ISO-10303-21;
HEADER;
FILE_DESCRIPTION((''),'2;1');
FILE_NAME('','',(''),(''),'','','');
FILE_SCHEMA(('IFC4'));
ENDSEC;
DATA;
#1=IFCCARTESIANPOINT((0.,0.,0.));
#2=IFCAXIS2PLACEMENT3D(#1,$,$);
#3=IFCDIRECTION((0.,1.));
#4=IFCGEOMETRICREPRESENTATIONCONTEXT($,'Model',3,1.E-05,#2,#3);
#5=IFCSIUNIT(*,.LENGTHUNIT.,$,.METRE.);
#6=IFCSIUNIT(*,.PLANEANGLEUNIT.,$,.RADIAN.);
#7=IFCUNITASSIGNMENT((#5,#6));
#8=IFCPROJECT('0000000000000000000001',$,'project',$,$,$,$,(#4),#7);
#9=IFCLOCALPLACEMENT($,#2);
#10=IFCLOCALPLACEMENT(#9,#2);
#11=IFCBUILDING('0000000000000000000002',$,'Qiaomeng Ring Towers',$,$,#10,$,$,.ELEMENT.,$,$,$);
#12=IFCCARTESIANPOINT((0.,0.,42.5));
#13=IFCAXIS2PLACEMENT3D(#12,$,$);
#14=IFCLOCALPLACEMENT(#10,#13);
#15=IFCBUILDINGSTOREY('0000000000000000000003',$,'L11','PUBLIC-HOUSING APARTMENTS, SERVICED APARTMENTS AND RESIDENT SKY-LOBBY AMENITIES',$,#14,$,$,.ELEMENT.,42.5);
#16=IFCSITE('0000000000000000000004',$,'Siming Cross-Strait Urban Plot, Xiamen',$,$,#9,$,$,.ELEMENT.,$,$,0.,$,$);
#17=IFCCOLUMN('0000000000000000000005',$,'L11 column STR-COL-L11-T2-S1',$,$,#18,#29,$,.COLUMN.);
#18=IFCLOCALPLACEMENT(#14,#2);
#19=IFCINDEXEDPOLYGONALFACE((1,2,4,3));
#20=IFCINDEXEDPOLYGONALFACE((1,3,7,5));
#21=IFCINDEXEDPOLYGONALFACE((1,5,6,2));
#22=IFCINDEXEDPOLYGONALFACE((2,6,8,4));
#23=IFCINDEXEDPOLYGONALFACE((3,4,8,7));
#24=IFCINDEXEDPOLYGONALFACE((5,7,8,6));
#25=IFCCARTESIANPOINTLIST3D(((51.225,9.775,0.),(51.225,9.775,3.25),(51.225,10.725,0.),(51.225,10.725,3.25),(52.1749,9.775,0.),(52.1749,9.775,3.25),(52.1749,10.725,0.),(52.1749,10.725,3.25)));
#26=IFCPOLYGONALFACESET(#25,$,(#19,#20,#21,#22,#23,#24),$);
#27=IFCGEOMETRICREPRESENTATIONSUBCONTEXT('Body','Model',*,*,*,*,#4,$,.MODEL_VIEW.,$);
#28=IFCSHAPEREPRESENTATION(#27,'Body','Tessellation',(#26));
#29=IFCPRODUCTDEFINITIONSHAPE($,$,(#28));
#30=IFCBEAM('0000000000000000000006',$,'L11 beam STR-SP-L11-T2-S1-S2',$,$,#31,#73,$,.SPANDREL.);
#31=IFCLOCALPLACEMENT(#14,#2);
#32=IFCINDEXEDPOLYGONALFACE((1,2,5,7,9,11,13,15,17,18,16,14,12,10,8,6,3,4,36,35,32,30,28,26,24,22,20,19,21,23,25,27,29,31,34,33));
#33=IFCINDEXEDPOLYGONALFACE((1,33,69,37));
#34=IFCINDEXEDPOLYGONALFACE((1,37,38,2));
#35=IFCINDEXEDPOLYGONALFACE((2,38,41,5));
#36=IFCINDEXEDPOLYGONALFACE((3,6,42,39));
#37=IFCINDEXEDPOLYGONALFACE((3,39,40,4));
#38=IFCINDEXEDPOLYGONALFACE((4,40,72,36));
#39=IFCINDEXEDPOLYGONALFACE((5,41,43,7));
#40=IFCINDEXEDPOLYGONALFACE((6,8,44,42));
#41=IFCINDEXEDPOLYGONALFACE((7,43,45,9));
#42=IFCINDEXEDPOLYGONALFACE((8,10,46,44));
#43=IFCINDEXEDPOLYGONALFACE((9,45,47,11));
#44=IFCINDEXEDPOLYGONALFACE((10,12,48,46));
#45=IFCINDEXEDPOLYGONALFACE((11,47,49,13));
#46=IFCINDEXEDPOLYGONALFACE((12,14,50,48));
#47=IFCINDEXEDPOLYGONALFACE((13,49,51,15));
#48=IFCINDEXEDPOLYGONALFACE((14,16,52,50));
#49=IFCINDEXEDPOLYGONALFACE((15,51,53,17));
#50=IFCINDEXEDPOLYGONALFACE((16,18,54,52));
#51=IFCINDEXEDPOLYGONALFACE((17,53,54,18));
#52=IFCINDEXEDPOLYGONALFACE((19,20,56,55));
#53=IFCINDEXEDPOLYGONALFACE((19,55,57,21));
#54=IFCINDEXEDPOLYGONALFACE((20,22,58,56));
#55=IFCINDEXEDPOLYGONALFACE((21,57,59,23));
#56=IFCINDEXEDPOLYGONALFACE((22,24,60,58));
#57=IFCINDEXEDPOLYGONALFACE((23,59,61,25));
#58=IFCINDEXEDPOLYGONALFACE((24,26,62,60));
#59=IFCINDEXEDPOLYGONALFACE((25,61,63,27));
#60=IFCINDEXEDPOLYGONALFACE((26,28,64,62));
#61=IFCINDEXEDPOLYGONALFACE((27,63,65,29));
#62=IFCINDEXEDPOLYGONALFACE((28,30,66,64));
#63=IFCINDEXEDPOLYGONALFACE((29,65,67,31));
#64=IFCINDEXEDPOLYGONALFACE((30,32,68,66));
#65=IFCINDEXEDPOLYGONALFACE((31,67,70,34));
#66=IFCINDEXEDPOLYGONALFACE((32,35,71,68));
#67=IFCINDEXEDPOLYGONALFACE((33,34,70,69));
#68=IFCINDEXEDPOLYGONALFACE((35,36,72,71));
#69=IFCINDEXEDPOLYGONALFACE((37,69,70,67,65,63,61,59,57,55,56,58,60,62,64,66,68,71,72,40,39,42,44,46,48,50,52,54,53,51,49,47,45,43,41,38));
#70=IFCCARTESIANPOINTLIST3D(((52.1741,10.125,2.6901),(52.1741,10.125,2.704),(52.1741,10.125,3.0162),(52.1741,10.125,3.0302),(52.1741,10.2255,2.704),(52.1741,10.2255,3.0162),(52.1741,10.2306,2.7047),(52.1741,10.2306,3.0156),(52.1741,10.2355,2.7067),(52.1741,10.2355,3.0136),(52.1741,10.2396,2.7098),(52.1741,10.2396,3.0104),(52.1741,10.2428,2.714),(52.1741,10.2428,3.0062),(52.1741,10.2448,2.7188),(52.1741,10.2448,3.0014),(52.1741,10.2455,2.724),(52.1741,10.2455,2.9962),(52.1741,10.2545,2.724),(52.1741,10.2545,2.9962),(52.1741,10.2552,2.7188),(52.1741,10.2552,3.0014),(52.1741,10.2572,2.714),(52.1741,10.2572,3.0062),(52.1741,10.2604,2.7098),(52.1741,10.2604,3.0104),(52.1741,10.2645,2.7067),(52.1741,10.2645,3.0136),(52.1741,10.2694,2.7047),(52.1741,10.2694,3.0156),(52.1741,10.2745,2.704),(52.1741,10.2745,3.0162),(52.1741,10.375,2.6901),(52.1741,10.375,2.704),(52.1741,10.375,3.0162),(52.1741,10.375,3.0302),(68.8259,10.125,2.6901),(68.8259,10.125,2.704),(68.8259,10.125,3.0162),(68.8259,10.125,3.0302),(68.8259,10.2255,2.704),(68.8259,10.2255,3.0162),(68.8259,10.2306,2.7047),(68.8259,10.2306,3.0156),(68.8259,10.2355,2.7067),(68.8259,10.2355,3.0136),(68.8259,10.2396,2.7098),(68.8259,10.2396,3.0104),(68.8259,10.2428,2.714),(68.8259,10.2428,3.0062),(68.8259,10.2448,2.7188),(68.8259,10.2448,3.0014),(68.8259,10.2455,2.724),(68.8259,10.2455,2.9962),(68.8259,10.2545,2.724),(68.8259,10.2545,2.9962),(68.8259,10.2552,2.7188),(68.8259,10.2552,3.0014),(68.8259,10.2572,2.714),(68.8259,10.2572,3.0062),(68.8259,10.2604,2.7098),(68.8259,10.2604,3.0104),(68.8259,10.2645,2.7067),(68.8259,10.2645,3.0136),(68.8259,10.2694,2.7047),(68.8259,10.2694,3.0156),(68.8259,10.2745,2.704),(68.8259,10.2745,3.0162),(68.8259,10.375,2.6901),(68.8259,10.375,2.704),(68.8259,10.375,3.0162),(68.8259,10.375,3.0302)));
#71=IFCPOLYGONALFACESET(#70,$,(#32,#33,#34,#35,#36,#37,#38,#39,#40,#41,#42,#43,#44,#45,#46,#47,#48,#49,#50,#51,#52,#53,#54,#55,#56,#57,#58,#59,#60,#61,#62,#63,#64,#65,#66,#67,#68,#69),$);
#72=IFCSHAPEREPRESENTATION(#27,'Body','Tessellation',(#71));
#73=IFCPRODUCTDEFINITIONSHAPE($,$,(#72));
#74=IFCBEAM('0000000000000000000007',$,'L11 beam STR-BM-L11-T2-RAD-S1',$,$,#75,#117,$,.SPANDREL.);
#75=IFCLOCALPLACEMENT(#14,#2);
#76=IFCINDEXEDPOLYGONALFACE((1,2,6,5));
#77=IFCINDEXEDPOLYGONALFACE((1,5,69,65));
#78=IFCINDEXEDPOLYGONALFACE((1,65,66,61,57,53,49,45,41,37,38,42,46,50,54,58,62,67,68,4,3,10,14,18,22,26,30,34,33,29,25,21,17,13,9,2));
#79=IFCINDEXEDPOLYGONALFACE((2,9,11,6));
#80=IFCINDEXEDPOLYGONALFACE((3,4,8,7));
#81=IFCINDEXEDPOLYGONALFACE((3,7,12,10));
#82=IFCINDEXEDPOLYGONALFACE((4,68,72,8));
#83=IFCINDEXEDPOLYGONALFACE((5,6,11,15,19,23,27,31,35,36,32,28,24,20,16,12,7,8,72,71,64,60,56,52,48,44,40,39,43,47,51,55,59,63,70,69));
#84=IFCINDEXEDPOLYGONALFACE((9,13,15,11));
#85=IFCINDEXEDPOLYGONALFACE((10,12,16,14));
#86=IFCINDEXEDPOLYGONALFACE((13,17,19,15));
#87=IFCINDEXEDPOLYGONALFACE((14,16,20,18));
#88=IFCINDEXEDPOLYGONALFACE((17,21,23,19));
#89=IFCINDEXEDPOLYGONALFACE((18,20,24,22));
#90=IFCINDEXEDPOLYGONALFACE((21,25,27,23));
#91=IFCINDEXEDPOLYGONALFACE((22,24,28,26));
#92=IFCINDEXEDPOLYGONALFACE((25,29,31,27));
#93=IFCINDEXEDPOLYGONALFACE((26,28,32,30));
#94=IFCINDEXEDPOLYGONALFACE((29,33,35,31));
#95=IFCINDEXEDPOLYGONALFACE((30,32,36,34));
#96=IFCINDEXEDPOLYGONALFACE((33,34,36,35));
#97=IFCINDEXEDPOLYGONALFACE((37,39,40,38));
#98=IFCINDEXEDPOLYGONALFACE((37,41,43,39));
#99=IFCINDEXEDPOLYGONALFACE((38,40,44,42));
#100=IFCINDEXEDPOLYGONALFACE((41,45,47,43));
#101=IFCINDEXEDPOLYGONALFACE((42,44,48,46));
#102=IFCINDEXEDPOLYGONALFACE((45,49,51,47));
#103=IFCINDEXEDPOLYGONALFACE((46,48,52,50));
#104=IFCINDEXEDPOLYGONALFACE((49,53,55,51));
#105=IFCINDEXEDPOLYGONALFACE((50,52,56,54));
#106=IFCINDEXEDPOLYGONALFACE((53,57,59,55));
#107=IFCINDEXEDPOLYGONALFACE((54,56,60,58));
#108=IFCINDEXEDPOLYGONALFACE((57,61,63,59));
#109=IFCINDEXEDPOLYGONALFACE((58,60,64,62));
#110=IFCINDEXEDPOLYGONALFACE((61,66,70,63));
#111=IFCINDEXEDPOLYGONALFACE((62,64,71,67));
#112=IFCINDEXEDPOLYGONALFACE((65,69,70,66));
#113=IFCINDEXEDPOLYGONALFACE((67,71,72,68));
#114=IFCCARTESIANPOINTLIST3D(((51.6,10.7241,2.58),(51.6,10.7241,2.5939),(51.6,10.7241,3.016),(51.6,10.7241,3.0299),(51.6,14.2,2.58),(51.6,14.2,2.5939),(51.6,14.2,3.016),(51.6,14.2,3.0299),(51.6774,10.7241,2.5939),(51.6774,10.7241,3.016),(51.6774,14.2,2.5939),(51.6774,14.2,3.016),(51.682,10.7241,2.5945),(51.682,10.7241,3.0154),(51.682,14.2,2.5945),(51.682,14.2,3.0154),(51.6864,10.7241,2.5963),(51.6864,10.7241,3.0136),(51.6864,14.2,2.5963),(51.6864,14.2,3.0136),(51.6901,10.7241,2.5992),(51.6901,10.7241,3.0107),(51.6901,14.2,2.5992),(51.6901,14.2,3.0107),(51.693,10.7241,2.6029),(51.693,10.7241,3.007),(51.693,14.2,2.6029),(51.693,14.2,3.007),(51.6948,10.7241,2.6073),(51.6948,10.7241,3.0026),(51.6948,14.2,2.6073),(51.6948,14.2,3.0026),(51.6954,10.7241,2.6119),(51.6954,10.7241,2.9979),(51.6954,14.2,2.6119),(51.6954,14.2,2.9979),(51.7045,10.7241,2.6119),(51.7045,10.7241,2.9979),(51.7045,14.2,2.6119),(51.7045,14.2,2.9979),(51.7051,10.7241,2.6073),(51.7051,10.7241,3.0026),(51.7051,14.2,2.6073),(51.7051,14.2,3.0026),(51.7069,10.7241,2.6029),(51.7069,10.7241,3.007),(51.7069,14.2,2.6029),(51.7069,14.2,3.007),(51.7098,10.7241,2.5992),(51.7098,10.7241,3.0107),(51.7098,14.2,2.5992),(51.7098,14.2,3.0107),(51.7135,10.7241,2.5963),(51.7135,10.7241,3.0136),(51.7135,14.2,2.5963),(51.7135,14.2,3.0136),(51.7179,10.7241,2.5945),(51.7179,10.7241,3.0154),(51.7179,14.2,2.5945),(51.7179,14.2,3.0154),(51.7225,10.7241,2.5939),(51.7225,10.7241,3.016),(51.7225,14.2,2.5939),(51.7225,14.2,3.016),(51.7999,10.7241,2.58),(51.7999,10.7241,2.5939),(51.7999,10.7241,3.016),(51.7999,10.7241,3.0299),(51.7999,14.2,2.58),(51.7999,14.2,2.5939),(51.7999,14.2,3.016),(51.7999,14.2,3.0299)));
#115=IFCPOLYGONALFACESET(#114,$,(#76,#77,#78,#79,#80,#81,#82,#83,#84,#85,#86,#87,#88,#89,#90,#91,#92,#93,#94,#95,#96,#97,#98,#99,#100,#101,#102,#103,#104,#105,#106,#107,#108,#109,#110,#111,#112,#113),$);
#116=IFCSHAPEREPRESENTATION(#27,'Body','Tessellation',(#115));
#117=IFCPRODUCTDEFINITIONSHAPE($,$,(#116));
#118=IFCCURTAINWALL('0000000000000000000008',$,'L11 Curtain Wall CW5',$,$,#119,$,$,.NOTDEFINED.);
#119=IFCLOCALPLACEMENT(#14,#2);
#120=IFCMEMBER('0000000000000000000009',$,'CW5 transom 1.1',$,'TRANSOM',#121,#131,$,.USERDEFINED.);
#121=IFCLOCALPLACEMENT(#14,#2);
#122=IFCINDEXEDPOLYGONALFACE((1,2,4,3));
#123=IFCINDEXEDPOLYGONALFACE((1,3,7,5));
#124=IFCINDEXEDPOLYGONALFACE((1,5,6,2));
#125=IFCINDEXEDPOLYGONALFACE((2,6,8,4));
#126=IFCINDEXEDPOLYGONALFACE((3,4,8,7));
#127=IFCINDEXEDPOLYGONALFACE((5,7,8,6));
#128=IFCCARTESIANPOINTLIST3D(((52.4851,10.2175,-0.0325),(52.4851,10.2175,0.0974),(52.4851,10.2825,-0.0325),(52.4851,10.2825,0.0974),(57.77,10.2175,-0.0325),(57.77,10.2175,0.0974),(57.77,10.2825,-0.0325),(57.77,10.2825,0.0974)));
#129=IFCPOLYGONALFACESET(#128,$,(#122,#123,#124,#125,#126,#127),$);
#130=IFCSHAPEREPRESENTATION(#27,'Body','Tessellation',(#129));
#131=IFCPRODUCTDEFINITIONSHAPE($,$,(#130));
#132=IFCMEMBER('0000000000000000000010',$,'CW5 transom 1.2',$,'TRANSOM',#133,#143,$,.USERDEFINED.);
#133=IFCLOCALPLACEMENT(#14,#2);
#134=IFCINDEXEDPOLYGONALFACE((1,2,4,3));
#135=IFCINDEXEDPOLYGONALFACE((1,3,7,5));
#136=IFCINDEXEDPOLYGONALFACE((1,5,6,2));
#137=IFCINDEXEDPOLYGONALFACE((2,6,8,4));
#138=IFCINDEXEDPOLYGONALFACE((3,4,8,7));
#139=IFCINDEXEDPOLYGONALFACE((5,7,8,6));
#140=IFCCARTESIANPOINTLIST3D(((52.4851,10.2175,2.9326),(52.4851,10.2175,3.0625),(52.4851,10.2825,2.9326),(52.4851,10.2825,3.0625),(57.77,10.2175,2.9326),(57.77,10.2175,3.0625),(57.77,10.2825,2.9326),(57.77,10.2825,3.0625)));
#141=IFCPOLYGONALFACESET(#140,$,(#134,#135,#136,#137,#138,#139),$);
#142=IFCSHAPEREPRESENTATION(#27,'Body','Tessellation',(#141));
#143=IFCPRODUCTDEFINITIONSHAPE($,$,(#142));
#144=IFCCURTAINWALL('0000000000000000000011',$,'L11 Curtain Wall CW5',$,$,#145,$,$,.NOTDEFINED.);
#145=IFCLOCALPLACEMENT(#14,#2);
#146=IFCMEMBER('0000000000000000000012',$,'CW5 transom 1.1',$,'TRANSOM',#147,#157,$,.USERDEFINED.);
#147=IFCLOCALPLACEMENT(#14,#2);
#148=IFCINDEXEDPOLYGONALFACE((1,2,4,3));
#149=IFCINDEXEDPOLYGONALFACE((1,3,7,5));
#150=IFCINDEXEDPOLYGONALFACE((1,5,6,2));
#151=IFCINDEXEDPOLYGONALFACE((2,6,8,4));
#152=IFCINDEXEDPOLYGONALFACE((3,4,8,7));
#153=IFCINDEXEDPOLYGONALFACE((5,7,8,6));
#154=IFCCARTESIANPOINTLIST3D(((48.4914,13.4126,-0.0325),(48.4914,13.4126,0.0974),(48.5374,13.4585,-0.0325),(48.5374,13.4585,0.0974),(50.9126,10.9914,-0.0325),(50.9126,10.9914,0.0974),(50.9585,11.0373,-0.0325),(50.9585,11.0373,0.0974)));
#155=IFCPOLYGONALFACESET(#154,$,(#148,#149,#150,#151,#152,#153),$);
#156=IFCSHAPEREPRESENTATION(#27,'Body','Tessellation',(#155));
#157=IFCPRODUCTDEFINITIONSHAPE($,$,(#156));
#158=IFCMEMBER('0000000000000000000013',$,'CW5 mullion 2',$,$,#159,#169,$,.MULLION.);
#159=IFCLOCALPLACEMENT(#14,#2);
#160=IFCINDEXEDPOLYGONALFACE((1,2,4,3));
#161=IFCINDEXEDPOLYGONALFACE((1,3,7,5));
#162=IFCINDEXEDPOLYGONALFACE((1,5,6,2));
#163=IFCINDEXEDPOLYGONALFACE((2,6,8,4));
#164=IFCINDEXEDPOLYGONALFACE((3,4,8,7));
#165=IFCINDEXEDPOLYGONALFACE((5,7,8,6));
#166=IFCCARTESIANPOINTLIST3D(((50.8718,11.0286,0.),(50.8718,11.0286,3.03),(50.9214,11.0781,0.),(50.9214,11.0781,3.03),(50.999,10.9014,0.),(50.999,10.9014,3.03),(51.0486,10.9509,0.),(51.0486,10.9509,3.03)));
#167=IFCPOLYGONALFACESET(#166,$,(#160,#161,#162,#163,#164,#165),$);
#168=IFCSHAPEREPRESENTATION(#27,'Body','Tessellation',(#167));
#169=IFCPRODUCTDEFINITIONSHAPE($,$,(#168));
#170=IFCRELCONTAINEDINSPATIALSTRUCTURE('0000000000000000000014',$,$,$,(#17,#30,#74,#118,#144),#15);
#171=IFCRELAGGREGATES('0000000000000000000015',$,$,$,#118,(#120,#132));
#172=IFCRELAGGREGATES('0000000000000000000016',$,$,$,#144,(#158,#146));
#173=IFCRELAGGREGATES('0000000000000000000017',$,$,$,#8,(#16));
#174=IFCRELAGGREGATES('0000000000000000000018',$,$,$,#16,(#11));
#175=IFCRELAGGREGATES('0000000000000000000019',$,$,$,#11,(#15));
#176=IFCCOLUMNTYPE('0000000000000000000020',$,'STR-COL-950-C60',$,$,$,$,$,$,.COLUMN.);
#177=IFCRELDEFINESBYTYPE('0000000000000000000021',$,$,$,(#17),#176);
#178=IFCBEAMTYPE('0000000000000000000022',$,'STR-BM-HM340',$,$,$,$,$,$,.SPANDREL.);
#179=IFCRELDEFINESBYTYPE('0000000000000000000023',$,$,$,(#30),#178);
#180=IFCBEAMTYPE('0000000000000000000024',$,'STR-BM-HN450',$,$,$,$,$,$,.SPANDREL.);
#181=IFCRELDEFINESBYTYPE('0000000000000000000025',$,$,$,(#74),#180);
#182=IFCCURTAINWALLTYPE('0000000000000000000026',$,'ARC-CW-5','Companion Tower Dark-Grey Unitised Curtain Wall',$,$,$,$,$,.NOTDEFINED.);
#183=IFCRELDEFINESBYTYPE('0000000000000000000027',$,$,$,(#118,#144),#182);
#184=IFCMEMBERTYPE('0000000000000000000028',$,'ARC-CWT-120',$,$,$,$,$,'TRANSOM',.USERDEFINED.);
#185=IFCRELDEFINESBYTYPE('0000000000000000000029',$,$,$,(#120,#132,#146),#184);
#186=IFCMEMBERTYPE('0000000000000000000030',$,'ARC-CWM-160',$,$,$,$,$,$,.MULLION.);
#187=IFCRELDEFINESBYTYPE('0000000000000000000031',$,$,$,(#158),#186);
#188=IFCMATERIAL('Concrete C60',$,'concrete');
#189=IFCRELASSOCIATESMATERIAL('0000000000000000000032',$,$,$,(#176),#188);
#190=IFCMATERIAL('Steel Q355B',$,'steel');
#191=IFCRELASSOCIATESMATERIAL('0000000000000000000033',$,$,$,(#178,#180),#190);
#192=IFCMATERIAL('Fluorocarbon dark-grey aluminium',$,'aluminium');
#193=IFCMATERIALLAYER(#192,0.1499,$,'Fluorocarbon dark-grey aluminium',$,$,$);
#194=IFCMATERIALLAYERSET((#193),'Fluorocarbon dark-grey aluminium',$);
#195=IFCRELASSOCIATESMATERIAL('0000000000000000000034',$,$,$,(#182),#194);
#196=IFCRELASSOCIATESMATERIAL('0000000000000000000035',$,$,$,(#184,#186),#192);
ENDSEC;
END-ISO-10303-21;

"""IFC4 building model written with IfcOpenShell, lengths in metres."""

from ifc_helpers import new_model, si_unit, direction, frame, origin, origin_2d, place, context, subcontext, project, spatial, rectangle, i_section, extrude, source, transform, mapped, material, layer, layer_set, material_profile, profile_set, type_object, element, aggregate, save


model = new_model("IFC4")

# Units and contexts
model_context = context("Model", 3, precision=1e-05, world=origin(), true_north=direction((0.0, 1.0)))
body_context = subcontext(model_context, "Body", "Model", "MODEL_VIEW")
ifc_project = project(units=[si_unit("LENGTHUNIT", "METRE"), si_unit("PLANEANGLEUNIT", "RADIAN")], contexts=[model_context])

# Site, building, storey
site_placement = place(None, origin())
site = spatial("IfcSite", under=ifc_project, at=site_placement, Name="Siming Cross-Strait Urban Plot, Xiamen", CompositionType="ELEMENT", RefElevation=0.0)
building_placement = place(site_placement, origin())
building = spatial("IfcBuilding", under=site, at=building_placement, Name="Qiaomeng Ring Towers", CompositionType="ELEMENT")
storey_placement = place(building_placement, frame((0.0, 0.0, 42.5)))
storey = spatial("IfcBuildingStorey", under=building, at=storey_placement, Name="L11", Description="PUBLIC-HOUSING APARTMENTS, SERVICED APARTMENTS AND RESIDENT SKY-LOBBY AMENITIES", CompositionType="ELEMENT", Elevation=42.5)

# Column
ifc_material_1 = material(Name="Concrete C60", Category="concrete")
ifc_material_profile_1 = material_profile(ifc_material_1, rectangle(XDim=0.95, YDim=0.95, at=origin_2d()), Name="RC COL 950x950")
ifc_profile_set_1 = profile_set([ifc_material_profile_1], Name="Concrete C60")
column_type = type_object("IfcColumnType", Name="STR-COL-950-C60", PredefinedType="COLUMN", material=ifc_profile_set_1)
shared_shape_1 = source(origin(), body_context, "Body", "SweptSolid", [
    extrude(rectangle(XDim=0.95, YDim=0.95, at=origin_2d()), origin(), (0.0, 0.0, 1.0), 3.25),
])
column_placement = place(storey_placement, frame((51.7, 10.25, 0.0), z_axis=(0.0, 0.0, 1.0), x_axis=(1.0, 0.0, 0.0)))
element("IfcColumn", 1, at=column_placement, inside=storey, type_object=column_type, Name="L11 column STR-COL-L11-T2-S1", PredefinedType="COLUMN", context=body_context, shape_type="MappedRepresentation", body=[
    mapped(shared_shape_1, transform((0.0, 0.0, 0.0), x_axis=(1.0, 0.0, 0.0), y_axis=(0.0, 1.0, 0.0), z_axis=(0.0, 0.0, 1.0), scale=1.0)),
])

# Beams
ifc_material_2 = material(Name="Steel Q355B", Category="steel")
ifc_material_profile_2 = material_profile(ifc_material_2, i_section(OverallWidth=0.25, OverallDepth=0.3401, WebThickness=0.009, FlangeThickness=0.0139, FilletRadius=0.02, at=origin_2d()), Name="HM 340x250x9x14")
ifc_profile_set_2 = profile_set([ifc_material_profile_2], Name="Steel Q355B")
beam_type_1 = type_object("IfcBeamType", Name="STR-BM-HM340", PredefinedType="SPANDREL", material=ifc_profile_set_2)
shared_shape_2 = source(origin(), body_context, "Body", "SweptSolid", [
    extrude(i_section(OverallWidth=0.25, OverallDepth=0.3401, WebThickness=0.009, FlangeThickness=0.0139, FilletRadius=0.02, at=origin_2d()), origin(), (0.0, 0.0, 1.0), 16.6519),
])
beam_1_placement = place(storey_placement, frame((52.1741, 10.25, 2.8601), z_axis=(1.0, 0.0, 0.0), x_axis=(0.0, 1.0, 0.0)))
element("IfcBeam", 2, at=beam_1_placement, inside=storey, type_object=beam_type_1, Name="L11 beam STR-SP-L11-T2-S1-S2", PredefinedType="SPANDREL", context=body_context, shape_type="MappedRepresentation", body=[
    mapped(shared_shape_2, transform((0.0, 0.0, 0.0), x_axis=(1.0, 0.0, 0.0), y_axis=(0.0, 1.0, 0.0), z_axis=(0.0, 0.0, 1.0), scale=1.0)),
])
ifc_material_profile_3 = material_profile(ifc_material_2, i_section(OverallWidth=0.2, OverallDepth=0.45, WebThickness=0.009, FlangeThickness=0.0139, FilletRadius=0.0181, at=origin_2d()), Name="HN 450x200x9x14")
ifc_profile_set_3 = profile_set([ifc_material_profile_3], Name="Steel Q355B")
beam_type_2 = type_object("IfcBeamType", Name="STR-BM-HN450", PredefinedType="SPANDREL", material=ifc_profile_set_3)
shared_shape_3 = source(origin(), body_context, "Body", "SweptSolid", [
    extrude(i_section(OverallWidth=0.2, OverallDepth=0.45, WebThickness=0.009, FlangeThickness=0.0139, FilletRadius=0.0181, at=origin_2d()), origin(), (0.0, 0.0, 1.0), 3.4758),
])
beam_2_placement = place(storey_placement, frame((51.7, 10.7241, 2.8049), z_axis=(0.0, 1.0, 0.0), x_axis=(-1.0, 0.0, 0.0)))
element("IfcBeam", 3, at=beam_2_placement, inside=storey, type_object=beam_type_2, Name="L11 beam STR-BM-L11-T2-RAD-S1", PredefinedType="SPANDREL", context=body_context, shape_type="MappedRepresentation", body=[
    mapped(shared_shape_3, transform((0.0, 0.0, 0.0), x_axis=(1.0, 0.0, 0.0), y_axis=(0.0, 1.0, 0.0), z_axis=(0.0, 0.0, 1.0), scale=1.0)),
])

# Curtain walls, members
ifc_material_3 = material(Name="Fluorocarbon dark-grey aluminium", Category="aluminium")
ifc_layer_1 = layer(ifc_material_3, 0.1499, Name="Fluorocarbon dark-grey aluminium")
ifc_layer_set_1 = layer_set([ifc_layer_1], Name="Fluorocarbon dark-grey aluminium")
curtain_wall_type = type_object("IfcCurtainWallType", Name="ARC-CW-5", Description="Companion Tower Dark-Grey Unitised Curtain Wall", PredefinedType="NOTDEFINED", material=ifc_layer_set_1)
curtain_wall_1_placement = place(storey_placement, origin())
curtain_wall_1 = element("IfcCurtainWall", 4, at=curtain_wall_1_placement, inside=storey, type_object=curtain_wall_type, Name="L11 Curtain Wall CW5", PredefinedType="NOTDEFINED")
ifc_material_profile_4 = material_profile(ifc_material_3, rectangle(XDim=0.0649, YDim=0.1299, at=origin_2d()), Name="ALU TRAN 65x130")
ifc_profile_set_4 = profile_set([ifc_material_profile_4], Name="Fluorocarbon dark-grey aluminium")
member_type_1 = type_object("IfcMemberType", Name="ARC-CWT-120", ElementType="TRANSOM", PredefinedType="USERDEFINED", material=ifc_profile_set_4)
shared_shape_4 = source(origin(), body_context, "Body", "SweptSolid", [
    extrude(rectangle(XDim=0.0649, YDim=0.1299, at=origin_2d()), origin(), (0.0, 0.0, 1.0), 5.2849),
])
member_1_placement = place(storey_placement, frame((52.4851, 10.25, 0.0325), z_axis=(1.0, 0.0, 0.0), x_axis=(0.0, 1.0, 0.0)))
member_1 = element("IfcMember", 5, at=member_1_placement, type_object=member_type_1, Name="CW5 transom 1.1", ObjectType="TRANSOM", PredefinedType="USERDEFINED", context=body_context, shape_type="MappedRepresentation", body=[
    mapped(shared_shape_4, transform((0.0, 0.0, 0.0), x_axis=(1.0, 0.0, 0.0), y_axis=(0.0, 1.0, 0.0), z_axis=(0.0, 0.0, 1.0), scale=1.0)),
])
member_2_placement = place(storey_placement, frame((52.4851, 10.25, 2.9976), z_axis=(1.0, 0.0, 0.0), x_axis=(0.0, 1.0, 0.0)))
member_2 = element("IfcMember", 6, at=member_2_placement, type_object=member_type_1, Name="CW5 transom 1.2", ObjectType="TRANSOM", PredefinedType="USERDEFINED", context=body_context, shape_type="MappedRepresentation", body=[
    mapped(shared_shape_4, transform((0.0, 0.0, 0.0), x_axis=(1.0, 0.0, 0.0), y_axis=(0.0, 1.0, 0.0), z_axis=(0.0, 0.0, 1.0), scale=1.0)),
])
curtain_wall_2_placement = place(storey_placement, origin())
curtain_wall_2 = element("IfcCurtainWall", 7, at=curtain_wall_2_placement, inside=storey, type_object=curtain_wall_type, Name="L11 Curtain Wall CW5", PredefinedType="NOTDEFINED")
shared_shape_5 = source(origin(), body_context, "Body", "SweptSolid", [
    extrude(rectangle(XDim=0.0649, YDim=0.1299, at=origin_2d()), origin(), (0.0, 0.0, 1.0), 3.4241),
])
member_3_placement = place(storey_placement, frame((48.5144, 13.4355, 0.0325), z_axis=(0.707107, -0.707107, 0.0), x_axis=(0.707107, 0.707107, 0.0)))
member_3 = element("IfcMember", 8, at=member_3_placement, type_object=member_type_1, Name="CW5 transom 1.1", ObjectType="TRANSOM", PredefinedType="USERDEFINED", context=body_context, shape_type="MappedRepresentation", body=[
    mapped(shared_shape_5, transform((0.0, 0.0, 0.0), x_axis=(1.0, 0.0, 0.0), y_axis=(0.0, 1.0, 0.0), z_axis=(0.0, 0.0, 1.0), scale=1.0)),
])
ifc_material_profile_5 = material_profile(ifc_material_3, rectangle(XDim=0.0701, YDim=0.1799, at=origin_2d()), Name="ALU MULL 70x180")
ifc_profile_set_5 = profile_set([ifc_material_profile_5], Name="Fluorocarbon dark-grey aluminium")
member_type_2 = type_object("IfcMemberType", Name="ARC-CWM-160", PredefinedType="MULLION", material=ifc_profile_set_5)
shared_shape_6 = source(origin(), body_context, "Body", "SweptSolid", [
    extrude(rectangle(XDim=0.0701, YDim=0.1799, at=origin_2d()), origin(), (0.0, 0.0, 1.0), 3.03),
])
member_4_placement = place(storey_placement, frame((50.9602, 10.9897, 0.0), z_axis=(0.0, 0.0, 1.0), x_axis=(0.707107, 0.707107, 0.0)))
member_4 = element("IfcMember", 9, at=member_4_placement, type_object=member_type_2, Name="CW5 mullion 2", PredefinedType="MULLION", context=body_context, shape_type="MappedRepresentation", body=[
    mapped(shared_shape_6, transform((0.0, 0.0, 0.0), x_axis=(1.0, 0.0, 0.0), y_axis=(0.0, 1.0, 0.0), z_axis=(0.0, 0.0, 1.0), scale=1.0)),
])

aggregate(curtain_wall_1, [member_1, member_2])

aggregate(curtain_wall_2, [member_4, member_3])

save(model, "model.ifc")
